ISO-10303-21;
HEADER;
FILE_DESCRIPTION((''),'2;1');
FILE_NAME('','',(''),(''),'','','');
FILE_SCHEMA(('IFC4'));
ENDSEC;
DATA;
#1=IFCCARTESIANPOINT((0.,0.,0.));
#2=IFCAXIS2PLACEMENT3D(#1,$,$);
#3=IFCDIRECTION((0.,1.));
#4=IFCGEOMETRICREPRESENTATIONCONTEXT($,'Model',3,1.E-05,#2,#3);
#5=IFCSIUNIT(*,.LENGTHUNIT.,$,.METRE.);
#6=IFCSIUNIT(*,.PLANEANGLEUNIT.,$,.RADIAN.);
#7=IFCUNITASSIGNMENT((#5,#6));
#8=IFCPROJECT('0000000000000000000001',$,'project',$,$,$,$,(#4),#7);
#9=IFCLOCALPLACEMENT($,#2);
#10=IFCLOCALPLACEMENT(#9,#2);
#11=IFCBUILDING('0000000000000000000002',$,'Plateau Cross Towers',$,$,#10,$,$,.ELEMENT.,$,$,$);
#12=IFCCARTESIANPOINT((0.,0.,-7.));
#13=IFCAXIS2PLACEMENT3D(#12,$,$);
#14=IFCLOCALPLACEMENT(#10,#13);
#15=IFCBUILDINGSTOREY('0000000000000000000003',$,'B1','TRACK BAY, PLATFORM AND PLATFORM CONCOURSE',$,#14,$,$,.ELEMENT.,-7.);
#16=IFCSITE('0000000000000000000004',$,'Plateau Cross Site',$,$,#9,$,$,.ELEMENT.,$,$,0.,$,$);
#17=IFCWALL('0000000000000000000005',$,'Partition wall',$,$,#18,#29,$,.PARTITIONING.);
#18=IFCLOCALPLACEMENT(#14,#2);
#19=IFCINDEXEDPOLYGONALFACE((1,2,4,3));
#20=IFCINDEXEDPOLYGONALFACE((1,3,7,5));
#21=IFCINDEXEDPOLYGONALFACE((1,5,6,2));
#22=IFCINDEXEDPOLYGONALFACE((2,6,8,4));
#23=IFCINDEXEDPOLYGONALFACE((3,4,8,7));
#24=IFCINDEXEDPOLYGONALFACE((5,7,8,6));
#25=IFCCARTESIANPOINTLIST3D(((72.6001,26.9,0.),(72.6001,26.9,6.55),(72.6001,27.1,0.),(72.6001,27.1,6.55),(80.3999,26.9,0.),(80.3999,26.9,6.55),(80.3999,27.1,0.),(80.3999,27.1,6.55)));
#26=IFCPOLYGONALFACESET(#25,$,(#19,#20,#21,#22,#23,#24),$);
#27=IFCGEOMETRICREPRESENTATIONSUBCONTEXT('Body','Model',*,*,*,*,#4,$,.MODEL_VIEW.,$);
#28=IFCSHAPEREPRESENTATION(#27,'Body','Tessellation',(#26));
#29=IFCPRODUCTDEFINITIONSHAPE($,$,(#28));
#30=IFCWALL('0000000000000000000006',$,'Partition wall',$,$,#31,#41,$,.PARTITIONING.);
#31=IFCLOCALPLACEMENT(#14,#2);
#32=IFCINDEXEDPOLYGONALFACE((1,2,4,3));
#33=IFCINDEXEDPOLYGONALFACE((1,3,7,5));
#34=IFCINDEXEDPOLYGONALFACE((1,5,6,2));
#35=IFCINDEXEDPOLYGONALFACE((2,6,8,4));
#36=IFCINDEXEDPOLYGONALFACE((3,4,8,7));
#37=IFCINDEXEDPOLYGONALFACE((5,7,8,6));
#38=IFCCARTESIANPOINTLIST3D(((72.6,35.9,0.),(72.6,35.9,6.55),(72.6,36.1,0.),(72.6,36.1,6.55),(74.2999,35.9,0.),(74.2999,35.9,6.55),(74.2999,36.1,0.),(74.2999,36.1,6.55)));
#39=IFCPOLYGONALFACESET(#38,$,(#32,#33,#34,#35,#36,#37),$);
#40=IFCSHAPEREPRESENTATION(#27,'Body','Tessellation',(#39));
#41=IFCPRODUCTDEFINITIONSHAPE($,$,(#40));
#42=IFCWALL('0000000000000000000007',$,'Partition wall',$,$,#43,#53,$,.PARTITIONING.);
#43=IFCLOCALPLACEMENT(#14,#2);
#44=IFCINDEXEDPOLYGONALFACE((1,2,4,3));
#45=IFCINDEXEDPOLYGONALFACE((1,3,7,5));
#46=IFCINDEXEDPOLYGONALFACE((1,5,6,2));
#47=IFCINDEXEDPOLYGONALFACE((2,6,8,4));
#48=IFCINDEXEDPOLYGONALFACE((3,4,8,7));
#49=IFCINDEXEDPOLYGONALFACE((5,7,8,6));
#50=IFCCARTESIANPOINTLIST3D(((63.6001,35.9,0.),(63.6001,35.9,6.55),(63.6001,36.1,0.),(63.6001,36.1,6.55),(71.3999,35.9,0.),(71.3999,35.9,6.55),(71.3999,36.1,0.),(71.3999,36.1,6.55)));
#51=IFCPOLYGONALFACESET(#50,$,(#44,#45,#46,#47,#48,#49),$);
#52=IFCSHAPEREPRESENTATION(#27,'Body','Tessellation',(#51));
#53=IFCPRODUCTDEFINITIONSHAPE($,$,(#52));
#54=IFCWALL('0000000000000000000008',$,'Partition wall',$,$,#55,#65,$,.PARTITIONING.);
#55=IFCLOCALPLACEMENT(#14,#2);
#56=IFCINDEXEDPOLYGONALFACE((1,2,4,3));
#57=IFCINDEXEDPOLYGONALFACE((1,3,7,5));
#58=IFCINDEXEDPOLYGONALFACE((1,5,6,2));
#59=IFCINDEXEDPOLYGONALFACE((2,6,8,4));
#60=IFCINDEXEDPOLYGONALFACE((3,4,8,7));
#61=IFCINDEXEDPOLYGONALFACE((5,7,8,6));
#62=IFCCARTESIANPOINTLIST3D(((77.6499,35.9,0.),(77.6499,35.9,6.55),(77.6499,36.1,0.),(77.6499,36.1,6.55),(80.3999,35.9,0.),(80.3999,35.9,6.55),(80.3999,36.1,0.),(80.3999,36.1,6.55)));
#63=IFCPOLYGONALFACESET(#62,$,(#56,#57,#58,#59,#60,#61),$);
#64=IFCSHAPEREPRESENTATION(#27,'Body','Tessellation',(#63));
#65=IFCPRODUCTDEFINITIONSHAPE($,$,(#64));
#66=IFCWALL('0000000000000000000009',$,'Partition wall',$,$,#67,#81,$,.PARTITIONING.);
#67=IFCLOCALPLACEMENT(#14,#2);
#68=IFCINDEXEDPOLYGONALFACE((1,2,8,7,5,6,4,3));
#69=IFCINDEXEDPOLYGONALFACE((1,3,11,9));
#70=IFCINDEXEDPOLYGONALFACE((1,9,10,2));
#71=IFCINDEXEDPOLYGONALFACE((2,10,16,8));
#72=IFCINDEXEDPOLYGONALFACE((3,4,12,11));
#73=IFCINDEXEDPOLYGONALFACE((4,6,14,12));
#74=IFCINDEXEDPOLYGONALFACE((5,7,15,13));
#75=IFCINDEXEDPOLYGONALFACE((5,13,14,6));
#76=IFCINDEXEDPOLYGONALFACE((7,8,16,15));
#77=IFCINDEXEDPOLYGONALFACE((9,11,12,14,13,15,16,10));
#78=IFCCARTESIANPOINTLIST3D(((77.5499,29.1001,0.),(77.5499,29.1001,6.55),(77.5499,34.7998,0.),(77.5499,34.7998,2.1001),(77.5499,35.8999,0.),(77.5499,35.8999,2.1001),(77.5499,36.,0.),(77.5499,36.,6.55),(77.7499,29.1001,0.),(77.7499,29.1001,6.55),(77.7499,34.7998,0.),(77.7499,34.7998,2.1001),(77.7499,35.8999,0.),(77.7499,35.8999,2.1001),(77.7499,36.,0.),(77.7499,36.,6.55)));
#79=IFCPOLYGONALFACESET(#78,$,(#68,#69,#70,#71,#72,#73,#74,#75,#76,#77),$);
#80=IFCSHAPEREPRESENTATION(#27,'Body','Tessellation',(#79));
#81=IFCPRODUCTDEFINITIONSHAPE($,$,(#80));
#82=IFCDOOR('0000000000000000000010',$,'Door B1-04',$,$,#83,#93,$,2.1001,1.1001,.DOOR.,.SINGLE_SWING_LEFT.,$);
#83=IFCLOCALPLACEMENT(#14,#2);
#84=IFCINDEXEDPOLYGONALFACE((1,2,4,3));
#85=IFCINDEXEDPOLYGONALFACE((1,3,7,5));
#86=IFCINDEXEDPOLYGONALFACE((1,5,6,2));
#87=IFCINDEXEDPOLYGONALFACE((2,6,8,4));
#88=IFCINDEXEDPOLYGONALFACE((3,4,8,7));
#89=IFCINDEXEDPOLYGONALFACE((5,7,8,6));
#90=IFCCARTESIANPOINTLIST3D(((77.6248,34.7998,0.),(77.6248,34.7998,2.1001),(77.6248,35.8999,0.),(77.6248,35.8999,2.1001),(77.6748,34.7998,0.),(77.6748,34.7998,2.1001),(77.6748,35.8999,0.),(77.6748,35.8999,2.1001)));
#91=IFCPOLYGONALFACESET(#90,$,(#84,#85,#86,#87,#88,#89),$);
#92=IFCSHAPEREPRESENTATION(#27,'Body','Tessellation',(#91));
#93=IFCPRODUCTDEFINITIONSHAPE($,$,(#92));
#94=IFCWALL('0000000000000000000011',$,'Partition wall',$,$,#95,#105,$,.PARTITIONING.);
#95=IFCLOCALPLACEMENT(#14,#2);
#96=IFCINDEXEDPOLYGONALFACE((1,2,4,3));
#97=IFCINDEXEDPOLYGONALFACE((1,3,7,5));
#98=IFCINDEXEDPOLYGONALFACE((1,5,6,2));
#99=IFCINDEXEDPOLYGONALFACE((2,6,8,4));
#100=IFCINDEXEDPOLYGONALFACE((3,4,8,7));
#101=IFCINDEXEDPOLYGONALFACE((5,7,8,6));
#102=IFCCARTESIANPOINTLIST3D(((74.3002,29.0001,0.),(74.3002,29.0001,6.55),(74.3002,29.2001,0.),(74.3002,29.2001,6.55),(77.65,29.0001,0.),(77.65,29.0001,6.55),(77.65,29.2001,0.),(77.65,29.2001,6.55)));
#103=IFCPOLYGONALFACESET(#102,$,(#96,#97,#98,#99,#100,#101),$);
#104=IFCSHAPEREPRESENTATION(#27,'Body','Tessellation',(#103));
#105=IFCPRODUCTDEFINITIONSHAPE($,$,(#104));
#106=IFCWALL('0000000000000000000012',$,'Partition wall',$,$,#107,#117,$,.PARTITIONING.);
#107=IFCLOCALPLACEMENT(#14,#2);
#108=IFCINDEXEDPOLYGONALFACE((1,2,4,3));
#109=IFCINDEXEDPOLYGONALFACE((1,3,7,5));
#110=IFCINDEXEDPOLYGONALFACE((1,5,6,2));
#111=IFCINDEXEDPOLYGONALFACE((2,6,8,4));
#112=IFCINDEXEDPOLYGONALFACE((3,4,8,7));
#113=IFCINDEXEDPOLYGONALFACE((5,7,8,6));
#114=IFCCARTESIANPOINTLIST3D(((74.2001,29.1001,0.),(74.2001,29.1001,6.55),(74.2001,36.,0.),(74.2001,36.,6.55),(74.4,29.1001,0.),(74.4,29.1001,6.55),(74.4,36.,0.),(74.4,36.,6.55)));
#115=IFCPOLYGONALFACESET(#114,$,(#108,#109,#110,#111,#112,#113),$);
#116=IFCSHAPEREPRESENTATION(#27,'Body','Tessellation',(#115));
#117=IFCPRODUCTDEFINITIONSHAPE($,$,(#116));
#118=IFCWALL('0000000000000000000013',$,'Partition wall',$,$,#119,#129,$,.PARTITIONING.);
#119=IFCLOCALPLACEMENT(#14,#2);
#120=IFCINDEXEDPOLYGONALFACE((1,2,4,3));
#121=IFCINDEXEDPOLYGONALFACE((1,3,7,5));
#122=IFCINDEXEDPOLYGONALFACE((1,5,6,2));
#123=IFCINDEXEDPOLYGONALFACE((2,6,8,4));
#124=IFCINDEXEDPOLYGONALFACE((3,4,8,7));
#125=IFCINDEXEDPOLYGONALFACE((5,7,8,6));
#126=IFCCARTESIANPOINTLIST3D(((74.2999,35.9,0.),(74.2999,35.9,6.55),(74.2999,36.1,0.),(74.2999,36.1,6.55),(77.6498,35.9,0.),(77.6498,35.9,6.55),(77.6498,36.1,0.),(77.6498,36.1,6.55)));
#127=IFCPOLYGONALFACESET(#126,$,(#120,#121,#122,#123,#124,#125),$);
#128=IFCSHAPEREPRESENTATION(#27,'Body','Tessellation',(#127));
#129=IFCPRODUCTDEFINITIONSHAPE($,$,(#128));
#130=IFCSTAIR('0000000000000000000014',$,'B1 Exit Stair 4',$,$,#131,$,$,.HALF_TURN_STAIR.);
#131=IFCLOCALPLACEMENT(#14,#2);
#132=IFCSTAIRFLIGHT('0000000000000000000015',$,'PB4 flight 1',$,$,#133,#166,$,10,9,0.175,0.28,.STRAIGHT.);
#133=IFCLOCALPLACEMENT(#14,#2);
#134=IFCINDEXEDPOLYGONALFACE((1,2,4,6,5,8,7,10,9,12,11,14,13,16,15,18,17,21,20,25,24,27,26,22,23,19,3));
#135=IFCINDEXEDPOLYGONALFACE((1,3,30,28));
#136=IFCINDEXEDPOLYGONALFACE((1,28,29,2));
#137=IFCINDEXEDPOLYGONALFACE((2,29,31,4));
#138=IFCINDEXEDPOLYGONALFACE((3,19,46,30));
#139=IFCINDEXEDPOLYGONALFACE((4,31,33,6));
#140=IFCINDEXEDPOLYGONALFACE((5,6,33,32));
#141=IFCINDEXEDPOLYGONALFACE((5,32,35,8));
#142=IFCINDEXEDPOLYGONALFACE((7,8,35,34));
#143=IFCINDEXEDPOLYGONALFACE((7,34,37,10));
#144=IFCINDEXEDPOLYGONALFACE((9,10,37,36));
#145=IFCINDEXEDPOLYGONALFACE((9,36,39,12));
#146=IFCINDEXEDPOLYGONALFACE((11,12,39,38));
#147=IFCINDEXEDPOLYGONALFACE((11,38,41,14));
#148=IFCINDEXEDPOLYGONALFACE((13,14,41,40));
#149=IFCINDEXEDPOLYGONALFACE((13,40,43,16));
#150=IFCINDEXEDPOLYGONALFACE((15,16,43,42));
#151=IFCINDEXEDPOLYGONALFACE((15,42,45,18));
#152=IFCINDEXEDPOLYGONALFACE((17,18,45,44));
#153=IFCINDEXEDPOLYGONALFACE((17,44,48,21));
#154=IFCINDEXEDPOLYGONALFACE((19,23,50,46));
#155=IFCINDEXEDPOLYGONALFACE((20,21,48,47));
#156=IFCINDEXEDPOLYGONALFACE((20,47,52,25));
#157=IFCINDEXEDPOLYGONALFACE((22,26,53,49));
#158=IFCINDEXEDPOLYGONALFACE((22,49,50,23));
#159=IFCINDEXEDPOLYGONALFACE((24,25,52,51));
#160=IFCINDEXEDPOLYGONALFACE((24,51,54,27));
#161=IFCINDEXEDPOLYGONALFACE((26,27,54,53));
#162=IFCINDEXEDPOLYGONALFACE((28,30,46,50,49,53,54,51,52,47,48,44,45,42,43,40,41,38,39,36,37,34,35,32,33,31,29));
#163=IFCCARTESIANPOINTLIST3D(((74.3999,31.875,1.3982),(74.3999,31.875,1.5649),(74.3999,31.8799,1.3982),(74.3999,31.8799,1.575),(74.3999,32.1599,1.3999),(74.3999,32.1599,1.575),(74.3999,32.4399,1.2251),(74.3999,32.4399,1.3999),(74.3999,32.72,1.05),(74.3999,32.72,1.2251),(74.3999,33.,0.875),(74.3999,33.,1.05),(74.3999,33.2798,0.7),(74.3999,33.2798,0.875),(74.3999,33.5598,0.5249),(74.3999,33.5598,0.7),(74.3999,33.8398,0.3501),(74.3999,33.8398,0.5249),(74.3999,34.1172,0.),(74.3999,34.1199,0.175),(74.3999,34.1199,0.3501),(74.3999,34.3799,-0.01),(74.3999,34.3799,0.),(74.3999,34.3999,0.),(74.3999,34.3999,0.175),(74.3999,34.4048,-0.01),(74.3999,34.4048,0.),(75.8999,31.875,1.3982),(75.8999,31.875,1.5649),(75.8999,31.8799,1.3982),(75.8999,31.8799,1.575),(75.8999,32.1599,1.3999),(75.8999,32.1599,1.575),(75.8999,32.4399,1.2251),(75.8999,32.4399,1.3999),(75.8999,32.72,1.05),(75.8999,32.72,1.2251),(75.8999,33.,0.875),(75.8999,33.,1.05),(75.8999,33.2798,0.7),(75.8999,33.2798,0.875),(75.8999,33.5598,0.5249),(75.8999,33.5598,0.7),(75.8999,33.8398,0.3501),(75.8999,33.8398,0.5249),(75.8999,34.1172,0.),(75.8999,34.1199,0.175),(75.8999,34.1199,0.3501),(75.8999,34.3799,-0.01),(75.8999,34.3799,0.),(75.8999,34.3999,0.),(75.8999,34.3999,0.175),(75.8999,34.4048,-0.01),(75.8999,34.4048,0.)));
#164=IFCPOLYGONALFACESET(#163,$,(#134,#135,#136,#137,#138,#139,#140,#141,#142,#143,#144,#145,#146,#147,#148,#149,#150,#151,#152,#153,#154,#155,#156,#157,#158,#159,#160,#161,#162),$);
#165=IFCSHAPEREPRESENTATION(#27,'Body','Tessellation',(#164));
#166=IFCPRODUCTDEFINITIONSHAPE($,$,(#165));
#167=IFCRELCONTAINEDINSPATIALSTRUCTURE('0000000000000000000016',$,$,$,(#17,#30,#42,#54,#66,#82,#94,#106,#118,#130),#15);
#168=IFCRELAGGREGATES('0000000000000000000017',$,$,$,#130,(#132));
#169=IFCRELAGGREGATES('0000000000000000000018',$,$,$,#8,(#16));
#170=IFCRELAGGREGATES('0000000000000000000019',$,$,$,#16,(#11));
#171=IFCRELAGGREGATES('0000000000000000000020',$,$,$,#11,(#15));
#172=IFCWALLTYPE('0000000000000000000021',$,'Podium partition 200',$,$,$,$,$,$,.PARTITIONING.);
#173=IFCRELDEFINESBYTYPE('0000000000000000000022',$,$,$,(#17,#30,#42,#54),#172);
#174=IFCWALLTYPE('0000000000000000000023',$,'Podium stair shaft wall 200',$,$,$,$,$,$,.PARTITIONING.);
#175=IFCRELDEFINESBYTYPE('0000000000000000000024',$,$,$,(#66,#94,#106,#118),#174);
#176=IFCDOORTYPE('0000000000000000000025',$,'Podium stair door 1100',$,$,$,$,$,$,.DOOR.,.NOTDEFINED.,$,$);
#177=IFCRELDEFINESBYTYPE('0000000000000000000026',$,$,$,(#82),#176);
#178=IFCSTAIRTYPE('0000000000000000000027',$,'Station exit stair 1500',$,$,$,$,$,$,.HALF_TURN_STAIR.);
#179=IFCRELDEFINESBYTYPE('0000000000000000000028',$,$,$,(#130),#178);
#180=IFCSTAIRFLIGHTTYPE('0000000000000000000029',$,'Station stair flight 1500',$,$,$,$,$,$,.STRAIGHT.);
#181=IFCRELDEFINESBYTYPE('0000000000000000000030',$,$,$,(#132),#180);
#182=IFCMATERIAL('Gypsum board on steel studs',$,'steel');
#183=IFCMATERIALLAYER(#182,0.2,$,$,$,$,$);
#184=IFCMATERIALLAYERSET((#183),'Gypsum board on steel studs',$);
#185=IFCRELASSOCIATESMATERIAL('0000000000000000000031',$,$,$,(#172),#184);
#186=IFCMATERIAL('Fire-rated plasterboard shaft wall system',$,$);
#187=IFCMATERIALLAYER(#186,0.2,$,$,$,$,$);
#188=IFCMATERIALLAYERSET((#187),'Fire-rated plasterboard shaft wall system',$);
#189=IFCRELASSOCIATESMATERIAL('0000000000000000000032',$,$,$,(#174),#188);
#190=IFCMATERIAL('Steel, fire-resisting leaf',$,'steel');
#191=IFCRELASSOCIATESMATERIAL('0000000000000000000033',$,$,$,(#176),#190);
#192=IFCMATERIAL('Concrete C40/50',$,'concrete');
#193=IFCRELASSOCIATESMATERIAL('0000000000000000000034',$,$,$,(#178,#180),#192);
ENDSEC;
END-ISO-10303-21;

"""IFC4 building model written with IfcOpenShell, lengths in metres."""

from ifc_helpers import new_model, si_unit, direction, frame, frame_2d, origin, place, context, subcontext, project, spatial, polyline, rectangle, outline, extrude, material, layer, layer_set, type_object, element, fill, aggregate, save


model = new_model("IFC4")

# Units and contexts
model_context = context("Model", 3, precision=1e-05, world=origin(), true_north=direction((0.0, 1.0)))
body_context = subcontext(model_context, "Body", "Model", "MODEL_VIEW")
ifc_project = project(units=[si_unit("LENGTHUNIT", "METRE"), si_unit("PLANEANGLEUNIT", "RADIAN")], contexts=[model_context])

# Site, building, storey
site_placement = place(None, origin())
site = spatial("IfcSite", under=ifc_project, at=site_placement, Name="Plateau Cross Site", CompositionType="ELEMENT", RefElevation=0.0)
building_placement = place(site_placement, origin())
building = spatial("IfcBuilding", under=site, at=building_placement, Name="Plateau Cross Towers", CompositionType="ELEMENT")
storey_placement = place(building_placement, frame((0.0, 0.0, -7.0)))
storey = spatial("IfcBuildingStorey", under=building, at=storey_placement, Name="B1", Description="TRACK BAY, PLATFORM AND PLATFORM CONCOURSE", CompositionType="ELEMENT", Elevation=-7.0)

# Shared definitions
ifc_material_1 = material(Name="Concrete C40/50", Category="concrete")

# Walls
ifc_material_2 = material(Name="Gypsum board on steel studs", Category="steel")
ifc_layer_1 = layer(ifc_material_2, 0.2)
ifc_layer_set_1 = layer_set([ifc_layer_1], Name="Gypsum board on steel studs")
wall_type_1 = type_object("IfcWallType", Name="Podium partition 200", PredefinedType="PARTITIONING", material=ifc_layer_set_1)
wall_1_placement = place(storey_placement, frame((72.6001, 27.0, 0.0), z_axis=(0.0, 0.0, 1.0), x_axis=(1.0, 0.0, 0.0)))
element("IfcWall", 1, at=wall_1_placement, inside=storey, type_object=wall_type_1, Name="Partition wall", PredefinedType="PARTITIONING", context=body_context, shape_type="SweptSolid", body=[
    extrude(rectangle(XDim=7.7998, YDim=0.2, at=frame_2d((3.8999, 0.0))), origin(), (0.0, 0.0, 1.0), 6.55),
])
wall_2_placement = place(storey_placement, frame((74.3, 36.0, 0.0), z_axis=(0.0, 0.0, 1.0), x_axis=(-1.0, 0.0, 0.0)))
element("IfcWall", 2, at=wall_2_placement, inside=storey, type_object=wall_type_1, Name="Partition wall", PredefinedType="PARTITIONING", context=body_context, shape_type="SweptSolid", body=[
    extrude(rectangle(XDim=1.7, YDim=0.2, at=frame_2d((0.8501, 0.0))), origin(), (0.0, 0.0, 1.0), 6.55),
])
wall_3_placement = place(storey_placement, frame((71.3999, 36.0, 0.0), z_axis=(0.0, 0.0, 1.0), x_axis=(-1.0, 0.0, 0.0)))
element("IfcWall", 3, at=wall_3_placement, inside=storey, type_object=wall_type_1, Name="Partition wall", PredefinedType="PARTITIONING", context=body_context, shape_type="SweptSolid", body=[
    extrude(rectangle(XDim=7.7998, YDim=0.2, at=frame_2d((3.8999, 0.0))), origin(), (0.0, 0.0, 1.0), 6.55),
])
wall_4_placement = place(storey_placement, frame((80.3999, 36.0, 0.0), z_axis=(0.0, 0.0, 1.0), x_axis=(-1.0, 0.0, 0.0)))
element("IfcWall", 4, at=wall_4_placement, inside=storey, type_object=wall_type_1, Name="Partition wall", PredefinedType="PARTITIONING", context=body_context, shape_type="SweptSolid", body=[
    extrude(rectangle(XDim=2.75, YDim=0.2, at=frame_2d((1.375, 0.0))), origin(), (0.0, 0.0, 1.0), 6.55),
])

# Wall, opening, door
ifc_material_3 = material(Name="Fire-rated plasterboard shaft wall system")
ifc_layer_2 = layer(ifc_material_3, 0.2)
ifc_layer_set_2 = layer_set([ifc_layer_2], Name="Fire-rated plasterboard shaft wall system")
wall_type_2 = type_object("IfcWallType", Name="Podium stair shaft wall 200", PredefinedType="PARTITIONING", material=ifc_layer_set_2)
wall_5_placement = place(storey_placement, frame((77.6499, 36.0, 0.0), z_axis=(0.0, 0.0, 1.0), x_axis=(0.0, -1.0, 0.0)))
wall_5 = element("IfcWall", 5, at=wall_5_placement, inside=storey, type_object=wall_type_2, Name="Partition wall", PredefinedType="PARTITIONING", context=body_context, shape_type="SweptSolid", body=[
    extrude(rectangle(XDim=6.8999, YDim=0.2, at=frame_2d((3.45, 0.0))), origin(), (0.0, 0.0, 1.0), 6.55),
])
opening_placement = place(wall_5_placement, frame((0.1001, 0.0, 0.0)))
opening = element("IfcOpeningElement", 6, at=opening_placement, cuts=wall_5, PredefinedType="OPENING", context=body_context, shape_type="SweptSolid", body=[
    extrude(rectangle(XDim=1.1001, YDim=2.1001, at=frame_2d((0.55, 1.05))), frame((0.0, 0.1099, 0.0), z_axis=(0.0, -1.0, 0.0), x_axis=(1.0, 0.0, 0.0)), (0.0, 0.0, 1.0), 0.22),
])
ifc_material_4 = material(Name="Steel, fire-resisting leaf", Category="steel")
door_type = type_object("IfcDoorType", Name="Podium stair door 1100", OperationType="NOTDEFINED", PredefinedType="DOOR", material=ifc_material_4)
door_placement = place(opening_placement, origin())
door = element("IfcDoor", 7, at=door_placement, inside=storey, type_object=door_type, Name="Door B1-04", OperationType="SINGLE_SWING_LEFT", OverallHeight=2.1001, OverallWidth=1.1001, PredefinedType="DOOR", context=body_context, shape_type="SweptSolid", body=[
    extrude(rectangle(XDim=1.1001, YDim=2.1001, at=frame_2d((0.55, 1.05))), frame((0.0, 0.0249, 0.0), z_axis=(0.0, -1.0, 0.0), x_axis=(1.0, 0.0, 0.0)), (0.0, 0.0, 1.0), 0.05),
])
fill(opening, door)

# Walls
wall_6_placement = place(storey_placement, frame((77.6499, 29.1001, 0.0), z_axis=(0.0, 0.0, 1.0), x_axis=(-1.0, 0.0, 0.0)))
element("IfcWall", 8, at=wall_6_placement, inside=storey, type_object=wall_type_2, Name="Partition wall", PredefinedType="PARTITIONING", context=body_context, shape_type="SweptSolid", body=[
    extrude(rectangle(XDim=3.3499, YDim=0.2, at=frame_2d((1.6748, 0.0))), origin(), (0.0, 0.0, 1.0), 6.55),
])
wall_7_placement = place(storey_placement, frame((74.3, 29.1001, 0.0), z_axis=(0.0, 0.0, 1.0), x_axis=(0.0, 1.0, 0.0)))
element("IfcWall", 9, at=wall_7_placement, inside=storey, type_object=wall_type_2, Name="Partition wall", PredefinedType="PARTITIONING", context=body_context, shape_type="SweptSolid", body=[
    extrude(rectangle(XDim=6.8999, YDim=0.2, at=frame_2d((3.45, 0.0))), origin(), (0.0, 0.0, 1.0), 6.55),
])
wall_8_placement = place(storey_placement, frame((74.3, 36.0, 0.0), z_axis=(0.0, 0.0, 1.0), x_axis=(1.0, 0.0, 0.0)))
element("IfcWall", 10, at=wall_8_placement, inside=storey, type_object=wall_type_2, Name="Partition wall", PredefinedType="PARTITIONING", context=body_context, shape_type="SweptSolid", body=[
    extrude(rectangle(XDim=3.3499, YDim=0.2, at=frame_2d((1.6748, 0.0))), origin(), (0.0, 0.0, 1.0), 6.55),
])

# Stair, stair flight
stair_type = type_object("IfcStairType", Name="Station exit stair 1500", PredefinedType="HALF_TURN_STAIR", material=ifc_material_1)
stair_placement = place(storey_placement, origin())
stair = element("IfcStair", 11, at=stair_placement, inside=storey, type_object=stair_type, Name="B1 Exit Stair 4", PredefinedType="HALF_TURN_STAIR")
stair_flight_type = type_object("IfcStairFlightType", Name="Station stair flight 1500", PredefinedType="STRAIGHT", material=ifc_material_1)
stair_flight_1_placement = place(storey_placement, frame((75.1499, 34.3999, 0.0), z_axis=(0.0, 0.0, 1.0), x_axis=(0.0, -1.0, 0.0)))
stair_flight_1 = element("IfcStairFlight", 12, at=stair_flight_1_placement, type_object=stair_flight_type, Name="PB4 flight 1", NumberOfRisers=10, NumberOfTreads=9, PredefinedType="STRAIGHT", RiserHeight=0.175, TreadLength=0.28, context=body_context, shape_type="SweptSolid", body=[
    extrude(outline(polyline([(-0.0049, -0.01), (-0.0049, 0.0), (0.0, 0.0), (0.0, 0.175), (0.28, 0.175), (0.28, 0.3501), (0.5601, 0.3501), (0.5601, 0.5249), (0.8401, 0.5249), (0.8401, 0.7), (1.1201, 0.7), (1.1201, 0.875), (1.3999, 0.875), (1.3999, 1.05), (1.6799, 1.05), (1.6799, 1.2251), (1.96, 1.2251), (1.96, 1.3999), (2.24, 1.3999), (2.24, 1.575), (2.52, 1.575), (2.5249, 1.5649), (2.5249, 1.3982), (2.52, 1.3982), (0.2827, 0.0), (0.02, 0.0), (0.02, -0.01), (-0.0049, -0.01)])), frame((0.0, 0.75, 0.0), z_axis=(0.0, -1.0, 0.0), x_axis=(1.0, 0.0, 0.0)), (0.0, 0.0, 1.0), 1.5),
])
aggregate(stair, [stair_flight_1])

save(model, "model.ifc")
